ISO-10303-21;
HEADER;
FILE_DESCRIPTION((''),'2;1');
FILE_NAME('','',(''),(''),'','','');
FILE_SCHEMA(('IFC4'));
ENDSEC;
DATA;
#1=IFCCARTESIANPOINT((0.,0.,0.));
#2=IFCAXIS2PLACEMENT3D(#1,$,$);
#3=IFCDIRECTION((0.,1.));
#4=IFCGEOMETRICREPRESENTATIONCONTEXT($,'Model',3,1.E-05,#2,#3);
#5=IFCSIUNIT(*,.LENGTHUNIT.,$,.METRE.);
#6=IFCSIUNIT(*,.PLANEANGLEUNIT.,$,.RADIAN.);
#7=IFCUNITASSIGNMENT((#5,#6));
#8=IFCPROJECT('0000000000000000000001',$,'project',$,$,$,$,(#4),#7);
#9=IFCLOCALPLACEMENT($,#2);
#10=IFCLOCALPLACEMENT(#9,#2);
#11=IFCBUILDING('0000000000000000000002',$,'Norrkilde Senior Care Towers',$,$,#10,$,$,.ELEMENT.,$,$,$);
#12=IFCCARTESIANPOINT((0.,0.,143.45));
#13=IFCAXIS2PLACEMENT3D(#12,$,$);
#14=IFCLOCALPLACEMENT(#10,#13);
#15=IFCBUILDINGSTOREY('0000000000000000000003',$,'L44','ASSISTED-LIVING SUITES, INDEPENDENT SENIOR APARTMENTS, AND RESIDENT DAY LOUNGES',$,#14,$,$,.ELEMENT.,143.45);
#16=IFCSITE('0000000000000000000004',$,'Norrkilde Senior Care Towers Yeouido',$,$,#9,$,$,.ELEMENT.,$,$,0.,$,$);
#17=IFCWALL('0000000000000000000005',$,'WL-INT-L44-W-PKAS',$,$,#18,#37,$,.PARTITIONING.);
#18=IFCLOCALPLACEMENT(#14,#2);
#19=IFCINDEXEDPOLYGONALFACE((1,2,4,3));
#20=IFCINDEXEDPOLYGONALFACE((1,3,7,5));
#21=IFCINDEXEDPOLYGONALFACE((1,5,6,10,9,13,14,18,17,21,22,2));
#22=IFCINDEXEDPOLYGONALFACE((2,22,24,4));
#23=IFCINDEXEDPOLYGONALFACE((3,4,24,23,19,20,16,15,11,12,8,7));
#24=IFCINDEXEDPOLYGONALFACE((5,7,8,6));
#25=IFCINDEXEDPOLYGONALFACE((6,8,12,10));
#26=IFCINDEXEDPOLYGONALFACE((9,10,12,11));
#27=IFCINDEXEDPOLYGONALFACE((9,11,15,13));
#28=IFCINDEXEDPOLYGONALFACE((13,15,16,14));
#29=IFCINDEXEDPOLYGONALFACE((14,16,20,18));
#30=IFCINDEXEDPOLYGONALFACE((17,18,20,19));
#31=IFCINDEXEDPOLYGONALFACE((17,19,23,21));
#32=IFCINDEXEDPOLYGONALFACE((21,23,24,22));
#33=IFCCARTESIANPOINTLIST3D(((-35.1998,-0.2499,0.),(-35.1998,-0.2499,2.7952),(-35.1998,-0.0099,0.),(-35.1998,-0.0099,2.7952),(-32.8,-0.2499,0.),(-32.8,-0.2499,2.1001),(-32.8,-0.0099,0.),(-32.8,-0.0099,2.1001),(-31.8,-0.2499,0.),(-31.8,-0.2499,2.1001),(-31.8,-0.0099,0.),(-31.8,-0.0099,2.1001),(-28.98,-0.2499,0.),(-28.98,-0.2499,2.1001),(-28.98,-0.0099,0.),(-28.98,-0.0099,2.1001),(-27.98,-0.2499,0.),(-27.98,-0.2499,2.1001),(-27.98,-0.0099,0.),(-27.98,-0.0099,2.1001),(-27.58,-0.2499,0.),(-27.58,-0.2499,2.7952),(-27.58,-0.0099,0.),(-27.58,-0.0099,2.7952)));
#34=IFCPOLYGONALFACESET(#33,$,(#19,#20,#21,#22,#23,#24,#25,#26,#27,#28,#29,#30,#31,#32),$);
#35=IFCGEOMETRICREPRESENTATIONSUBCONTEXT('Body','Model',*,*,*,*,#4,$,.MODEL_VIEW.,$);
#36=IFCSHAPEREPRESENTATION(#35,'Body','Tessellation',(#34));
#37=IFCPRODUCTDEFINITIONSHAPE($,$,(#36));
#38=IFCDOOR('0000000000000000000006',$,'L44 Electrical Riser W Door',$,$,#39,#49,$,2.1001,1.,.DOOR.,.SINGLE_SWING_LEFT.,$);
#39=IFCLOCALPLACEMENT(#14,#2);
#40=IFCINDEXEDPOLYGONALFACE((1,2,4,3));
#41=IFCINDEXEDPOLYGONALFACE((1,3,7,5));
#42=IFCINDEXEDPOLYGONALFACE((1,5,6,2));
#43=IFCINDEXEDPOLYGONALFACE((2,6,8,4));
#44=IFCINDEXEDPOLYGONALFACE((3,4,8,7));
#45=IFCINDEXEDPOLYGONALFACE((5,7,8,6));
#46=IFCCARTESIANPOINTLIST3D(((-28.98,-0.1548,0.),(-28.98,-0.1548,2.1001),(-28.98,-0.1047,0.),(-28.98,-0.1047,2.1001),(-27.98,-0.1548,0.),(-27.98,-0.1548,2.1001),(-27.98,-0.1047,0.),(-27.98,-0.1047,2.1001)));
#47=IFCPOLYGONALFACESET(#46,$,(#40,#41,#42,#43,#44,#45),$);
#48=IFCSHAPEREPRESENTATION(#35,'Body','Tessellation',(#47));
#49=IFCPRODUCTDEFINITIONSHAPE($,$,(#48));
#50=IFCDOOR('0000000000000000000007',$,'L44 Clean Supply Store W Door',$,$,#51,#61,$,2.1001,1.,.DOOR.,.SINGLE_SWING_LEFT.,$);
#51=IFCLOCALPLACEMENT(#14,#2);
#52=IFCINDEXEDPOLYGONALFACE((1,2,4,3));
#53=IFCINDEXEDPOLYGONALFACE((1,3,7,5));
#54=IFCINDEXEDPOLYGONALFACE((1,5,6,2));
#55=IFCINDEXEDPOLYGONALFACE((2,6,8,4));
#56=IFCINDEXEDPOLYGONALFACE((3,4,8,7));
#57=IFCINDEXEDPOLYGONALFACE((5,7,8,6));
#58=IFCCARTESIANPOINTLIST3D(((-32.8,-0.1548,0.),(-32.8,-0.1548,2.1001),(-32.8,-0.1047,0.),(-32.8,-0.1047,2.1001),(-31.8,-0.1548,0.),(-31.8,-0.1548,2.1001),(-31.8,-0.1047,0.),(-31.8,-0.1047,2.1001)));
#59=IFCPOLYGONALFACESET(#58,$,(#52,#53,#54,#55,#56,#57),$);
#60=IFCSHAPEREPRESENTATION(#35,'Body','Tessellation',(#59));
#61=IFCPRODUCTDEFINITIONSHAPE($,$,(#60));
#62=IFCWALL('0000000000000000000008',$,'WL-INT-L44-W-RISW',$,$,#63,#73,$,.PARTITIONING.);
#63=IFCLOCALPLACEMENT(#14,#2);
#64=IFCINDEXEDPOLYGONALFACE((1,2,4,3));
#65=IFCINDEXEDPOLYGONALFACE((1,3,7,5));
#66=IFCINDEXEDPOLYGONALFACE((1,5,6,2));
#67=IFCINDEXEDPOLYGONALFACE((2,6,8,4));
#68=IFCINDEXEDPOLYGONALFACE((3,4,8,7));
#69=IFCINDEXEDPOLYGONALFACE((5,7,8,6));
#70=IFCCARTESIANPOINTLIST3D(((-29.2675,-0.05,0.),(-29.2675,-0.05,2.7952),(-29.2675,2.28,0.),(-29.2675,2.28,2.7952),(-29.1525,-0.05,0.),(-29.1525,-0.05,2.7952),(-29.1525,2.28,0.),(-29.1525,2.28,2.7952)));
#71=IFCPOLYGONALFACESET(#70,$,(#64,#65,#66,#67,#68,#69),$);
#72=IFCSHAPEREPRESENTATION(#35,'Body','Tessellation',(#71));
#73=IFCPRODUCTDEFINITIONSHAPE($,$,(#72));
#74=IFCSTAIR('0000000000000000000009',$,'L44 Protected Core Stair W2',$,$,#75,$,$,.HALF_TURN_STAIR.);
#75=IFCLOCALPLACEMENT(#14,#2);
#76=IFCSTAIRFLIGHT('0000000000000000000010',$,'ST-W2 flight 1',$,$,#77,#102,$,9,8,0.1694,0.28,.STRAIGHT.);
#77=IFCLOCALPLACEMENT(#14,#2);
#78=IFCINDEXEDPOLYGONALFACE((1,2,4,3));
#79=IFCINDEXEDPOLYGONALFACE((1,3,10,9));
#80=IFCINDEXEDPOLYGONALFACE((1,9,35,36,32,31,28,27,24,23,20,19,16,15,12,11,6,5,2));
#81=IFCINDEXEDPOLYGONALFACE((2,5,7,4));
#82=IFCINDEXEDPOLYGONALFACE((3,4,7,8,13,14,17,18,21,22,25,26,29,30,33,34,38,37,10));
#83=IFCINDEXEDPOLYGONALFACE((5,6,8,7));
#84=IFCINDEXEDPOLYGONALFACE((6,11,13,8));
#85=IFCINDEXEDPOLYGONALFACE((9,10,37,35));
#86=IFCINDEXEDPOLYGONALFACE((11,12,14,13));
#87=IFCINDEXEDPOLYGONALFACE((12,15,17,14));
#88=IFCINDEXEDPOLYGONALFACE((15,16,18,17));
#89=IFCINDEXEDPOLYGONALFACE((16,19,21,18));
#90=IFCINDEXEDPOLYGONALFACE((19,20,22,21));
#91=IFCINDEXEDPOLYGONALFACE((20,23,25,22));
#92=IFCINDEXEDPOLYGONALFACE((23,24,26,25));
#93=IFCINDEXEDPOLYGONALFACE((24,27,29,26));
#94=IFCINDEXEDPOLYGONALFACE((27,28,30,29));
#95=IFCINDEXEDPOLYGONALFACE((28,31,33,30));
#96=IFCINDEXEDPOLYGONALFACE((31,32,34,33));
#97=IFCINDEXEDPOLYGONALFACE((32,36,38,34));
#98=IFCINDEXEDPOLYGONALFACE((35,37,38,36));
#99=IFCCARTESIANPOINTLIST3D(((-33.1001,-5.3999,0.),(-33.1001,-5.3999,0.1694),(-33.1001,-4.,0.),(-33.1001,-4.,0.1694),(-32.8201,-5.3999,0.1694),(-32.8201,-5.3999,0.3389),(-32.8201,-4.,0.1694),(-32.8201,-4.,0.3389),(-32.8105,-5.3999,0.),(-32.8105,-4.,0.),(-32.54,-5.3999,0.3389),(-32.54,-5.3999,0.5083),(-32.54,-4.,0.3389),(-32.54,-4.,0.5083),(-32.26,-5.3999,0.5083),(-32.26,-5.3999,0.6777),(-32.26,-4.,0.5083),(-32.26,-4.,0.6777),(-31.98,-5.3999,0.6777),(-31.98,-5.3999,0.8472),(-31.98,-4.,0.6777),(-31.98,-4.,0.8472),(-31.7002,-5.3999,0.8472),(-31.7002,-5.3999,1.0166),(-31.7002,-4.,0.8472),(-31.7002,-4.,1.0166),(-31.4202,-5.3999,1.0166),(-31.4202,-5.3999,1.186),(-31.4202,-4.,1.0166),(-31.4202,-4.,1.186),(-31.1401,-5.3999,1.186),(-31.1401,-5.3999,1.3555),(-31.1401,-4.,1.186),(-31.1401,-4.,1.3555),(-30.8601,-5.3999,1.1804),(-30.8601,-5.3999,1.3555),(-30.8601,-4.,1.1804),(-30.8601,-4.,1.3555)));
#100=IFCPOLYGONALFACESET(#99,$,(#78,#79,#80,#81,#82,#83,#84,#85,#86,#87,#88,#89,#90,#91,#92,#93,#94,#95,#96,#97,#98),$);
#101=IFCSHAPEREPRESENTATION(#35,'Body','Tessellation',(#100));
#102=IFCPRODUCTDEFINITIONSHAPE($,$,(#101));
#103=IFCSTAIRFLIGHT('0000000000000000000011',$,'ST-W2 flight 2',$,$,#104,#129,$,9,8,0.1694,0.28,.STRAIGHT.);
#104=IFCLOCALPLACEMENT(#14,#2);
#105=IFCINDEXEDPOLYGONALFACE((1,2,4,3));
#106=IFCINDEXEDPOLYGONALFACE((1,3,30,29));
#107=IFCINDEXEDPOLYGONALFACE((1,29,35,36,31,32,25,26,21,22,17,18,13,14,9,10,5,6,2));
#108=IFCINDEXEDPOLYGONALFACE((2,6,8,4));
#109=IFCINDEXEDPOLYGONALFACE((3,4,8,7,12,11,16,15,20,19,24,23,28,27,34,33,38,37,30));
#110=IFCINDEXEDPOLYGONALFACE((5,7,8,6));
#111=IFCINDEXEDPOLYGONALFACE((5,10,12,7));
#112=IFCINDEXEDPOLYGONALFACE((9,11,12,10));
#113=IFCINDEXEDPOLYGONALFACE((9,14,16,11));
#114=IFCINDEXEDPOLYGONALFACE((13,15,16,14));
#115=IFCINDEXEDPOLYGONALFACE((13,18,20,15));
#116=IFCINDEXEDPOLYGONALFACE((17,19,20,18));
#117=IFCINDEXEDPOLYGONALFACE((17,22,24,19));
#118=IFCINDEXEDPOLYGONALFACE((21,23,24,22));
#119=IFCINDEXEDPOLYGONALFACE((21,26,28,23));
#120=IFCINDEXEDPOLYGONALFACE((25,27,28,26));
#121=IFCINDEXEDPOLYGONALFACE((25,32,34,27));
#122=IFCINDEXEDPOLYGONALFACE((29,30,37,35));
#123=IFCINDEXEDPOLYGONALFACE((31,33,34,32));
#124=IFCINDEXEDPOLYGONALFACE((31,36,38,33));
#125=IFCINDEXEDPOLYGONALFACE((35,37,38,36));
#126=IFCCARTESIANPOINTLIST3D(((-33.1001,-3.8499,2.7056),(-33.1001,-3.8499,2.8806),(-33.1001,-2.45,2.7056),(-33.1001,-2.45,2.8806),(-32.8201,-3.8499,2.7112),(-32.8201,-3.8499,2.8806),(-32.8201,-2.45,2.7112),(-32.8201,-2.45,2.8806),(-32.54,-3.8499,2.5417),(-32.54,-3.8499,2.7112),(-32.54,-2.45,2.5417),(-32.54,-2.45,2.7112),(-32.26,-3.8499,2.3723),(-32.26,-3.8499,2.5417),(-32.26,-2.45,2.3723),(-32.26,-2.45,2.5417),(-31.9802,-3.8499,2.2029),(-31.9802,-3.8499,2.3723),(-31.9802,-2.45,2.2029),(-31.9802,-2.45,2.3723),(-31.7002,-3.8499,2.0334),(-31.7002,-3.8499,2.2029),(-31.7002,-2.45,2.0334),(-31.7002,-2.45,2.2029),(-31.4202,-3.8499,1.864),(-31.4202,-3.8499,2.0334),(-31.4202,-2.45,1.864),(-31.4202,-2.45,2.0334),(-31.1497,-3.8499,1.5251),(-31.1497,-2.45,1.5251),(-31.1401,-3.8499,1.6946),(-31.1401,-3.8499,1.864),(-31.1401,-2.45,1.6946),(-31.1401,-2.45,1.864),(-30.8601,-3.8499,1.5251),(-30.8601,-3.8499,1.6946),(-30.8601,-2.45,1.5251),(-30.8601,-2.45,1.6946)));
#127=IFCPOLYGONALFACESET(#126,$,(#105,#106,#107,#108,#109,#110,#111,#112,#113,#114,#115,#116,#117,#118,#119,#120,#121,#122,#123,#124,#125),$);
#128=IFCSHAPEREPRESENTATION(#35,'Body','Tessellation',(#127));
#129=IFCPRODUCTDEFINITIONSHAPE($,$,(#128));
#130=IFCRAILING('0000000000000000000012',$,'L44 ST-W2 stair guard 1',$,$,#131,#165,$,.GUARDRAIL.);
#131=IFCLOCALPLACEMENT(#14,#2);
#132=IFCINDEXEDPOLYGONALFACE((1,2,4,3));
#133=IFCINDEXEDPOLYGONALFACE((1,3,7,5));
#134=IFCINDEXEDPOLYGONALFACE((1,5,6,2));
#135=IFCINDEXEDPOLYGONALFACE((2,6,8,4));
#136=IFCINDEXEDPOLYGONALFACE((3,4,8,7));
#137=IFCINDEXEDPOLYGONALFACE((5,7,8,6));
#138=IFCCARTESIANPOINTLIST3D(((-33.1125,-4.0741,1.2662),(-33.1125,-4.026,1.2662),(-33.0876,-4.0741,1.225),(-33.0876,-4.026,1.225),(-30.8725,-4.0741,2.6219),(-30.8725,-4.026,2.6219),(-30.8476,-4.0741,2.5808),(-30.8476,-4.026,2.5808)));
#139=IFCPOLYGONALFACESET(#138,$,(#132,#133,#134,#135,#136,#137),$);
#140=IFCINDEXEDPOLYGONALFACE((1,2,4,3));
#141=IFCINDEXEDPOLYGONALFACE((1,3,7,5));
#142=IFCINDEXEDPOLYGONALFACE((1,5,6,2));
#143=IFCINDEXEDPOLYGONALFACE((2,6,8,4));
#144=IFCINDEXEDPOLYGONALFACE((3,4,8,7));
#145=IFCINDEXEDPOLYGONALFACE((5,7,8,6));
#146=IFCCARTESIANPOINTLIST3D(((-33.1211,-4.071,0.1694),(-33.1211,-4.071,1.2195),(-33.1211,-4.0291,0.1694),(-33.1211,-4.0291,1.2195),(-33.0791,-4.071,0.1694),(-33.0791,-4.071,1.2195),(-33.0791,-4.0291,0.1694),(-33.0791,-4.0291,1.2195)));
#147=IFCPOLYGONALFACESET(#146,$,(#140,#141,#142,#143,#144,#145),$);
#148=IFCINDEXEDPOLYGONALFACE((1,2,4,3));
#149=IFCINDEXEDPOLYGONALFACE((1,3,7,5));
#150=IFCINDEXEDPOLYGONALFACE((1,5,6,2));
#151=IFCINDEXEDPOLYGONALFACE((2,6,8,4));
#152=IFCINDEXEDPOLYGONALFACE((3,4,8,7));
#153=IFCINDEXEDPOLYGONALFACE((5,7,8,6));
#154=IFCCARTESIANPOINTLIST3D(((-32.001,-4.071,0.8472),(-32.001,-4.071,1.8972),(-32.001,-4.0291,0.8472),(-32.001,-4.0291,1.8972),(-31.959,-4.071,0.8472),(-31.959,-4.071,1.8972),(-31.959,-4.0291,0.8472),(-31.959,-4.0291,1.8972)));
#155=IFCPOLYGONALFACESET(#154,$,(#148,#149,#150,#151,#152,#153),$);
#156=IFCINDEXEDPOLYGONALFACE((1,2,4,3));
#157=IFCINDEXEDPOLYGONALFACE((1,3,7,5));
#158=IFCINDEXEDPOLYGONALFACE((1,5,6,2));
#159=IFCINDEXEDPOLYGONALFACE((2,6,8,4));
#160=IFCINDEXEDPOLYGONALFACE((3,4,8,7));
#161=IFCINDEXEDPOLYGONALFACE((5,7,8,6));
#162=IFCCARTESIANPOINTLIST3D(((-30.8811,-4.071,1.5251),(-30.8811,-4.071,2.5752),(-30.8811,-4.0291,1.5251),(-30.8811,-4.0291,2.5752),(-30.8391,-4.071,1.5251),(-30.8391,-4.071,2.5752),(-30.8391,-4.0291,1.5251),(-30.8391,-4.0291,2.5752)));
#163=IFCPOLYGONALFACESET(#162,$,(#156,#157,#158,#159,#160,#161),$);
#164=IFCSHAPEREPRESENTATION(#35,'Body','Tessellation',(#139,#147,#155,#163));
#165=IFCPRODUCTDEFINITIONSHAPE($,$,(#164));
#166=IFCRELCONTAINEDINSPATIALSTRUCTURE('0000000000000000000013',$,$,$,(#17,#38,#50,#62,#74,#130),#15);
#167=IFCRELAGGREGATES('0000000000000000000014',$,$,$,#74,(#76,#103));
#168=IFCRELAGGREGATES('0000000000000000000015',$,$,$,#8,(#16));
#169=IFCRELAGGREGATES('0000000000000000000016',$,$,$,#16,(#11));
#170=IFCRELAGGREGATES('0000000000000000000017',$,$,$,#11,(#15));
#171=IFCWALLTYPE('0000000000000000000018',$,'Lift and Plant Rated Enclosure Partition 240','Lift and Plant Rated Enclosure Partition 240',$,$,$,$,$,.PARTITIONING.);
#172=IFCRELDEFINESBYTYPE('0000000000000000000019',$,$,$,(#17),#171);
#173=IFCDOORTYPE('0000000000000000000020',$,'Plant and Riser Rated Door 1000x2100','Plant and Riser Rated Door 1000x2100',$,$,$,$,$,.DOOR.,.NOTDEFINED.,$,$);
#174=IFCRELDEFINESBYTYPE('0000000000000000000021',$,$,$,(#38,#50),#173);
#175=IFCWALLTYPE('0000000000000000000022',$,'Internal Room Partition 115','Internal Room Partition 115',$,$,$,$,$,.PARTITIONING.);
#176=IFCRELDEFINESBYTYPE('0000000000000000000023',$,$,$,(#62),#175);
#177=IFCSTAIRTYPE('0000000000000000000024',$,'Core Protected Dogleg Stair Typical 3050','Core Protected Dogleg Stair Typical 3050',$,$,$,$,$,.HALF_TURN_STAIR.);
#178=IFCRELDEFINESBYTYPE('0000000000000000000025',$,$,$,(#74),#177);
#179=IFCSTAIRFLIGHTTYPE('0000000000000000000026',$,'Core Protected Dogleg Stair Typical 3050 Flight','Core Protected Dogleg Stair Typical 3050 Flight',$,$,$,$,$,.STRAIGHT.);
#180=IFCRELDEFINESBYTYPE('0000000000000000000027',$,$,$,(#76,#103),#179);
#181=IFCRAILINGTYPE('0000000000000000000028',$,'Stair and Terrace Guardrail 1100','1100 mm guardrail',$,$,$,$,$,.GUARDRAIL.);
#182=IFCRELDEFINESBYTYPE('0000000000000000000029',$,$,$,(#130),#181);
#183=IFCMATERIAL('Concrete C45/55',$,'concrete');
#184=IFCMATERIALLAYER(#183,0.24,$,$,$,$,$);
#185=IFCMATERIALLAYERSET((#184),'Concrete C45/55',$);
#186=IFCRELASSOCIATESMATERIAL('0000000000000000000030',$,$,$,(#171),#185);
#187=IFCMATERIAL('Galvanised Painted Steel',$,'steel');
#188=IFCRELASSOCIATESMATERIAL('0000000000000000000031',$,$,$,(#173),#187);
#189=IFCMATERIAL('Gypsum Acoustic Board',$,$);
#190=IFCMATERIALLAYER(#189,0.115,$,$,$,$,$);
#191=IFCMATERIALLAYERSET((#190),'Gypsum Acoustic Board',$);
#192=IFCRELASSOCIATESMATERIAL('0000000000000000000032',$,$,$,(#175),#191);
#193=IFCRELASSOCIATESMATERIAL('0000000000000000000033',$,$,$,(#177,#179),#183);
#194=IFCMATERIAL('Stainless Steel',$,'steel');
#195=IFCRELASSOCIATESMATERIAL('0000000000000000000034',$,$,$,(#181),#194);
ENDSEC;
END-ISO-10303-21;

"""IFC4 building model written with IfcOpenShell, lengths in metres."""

from ifc_helpers import new_model, si_unit, direction, frame, frame_2d, origin, origin_2d, place, context, subcontext, project, spatial, polyline, rectangle, outline, extrude, source, transform, mapped, material, layer, layer_set, type_object, type_shapes, element, fill, aggregate, save


model = new_model("IFC4")

# Units and contexts
model_context = context("Model", 3, precision=1e-05, world=origin(), true_north=direction((0.0, 1.0)))
body_context = subcontext(model_context, "Body", "Model", "MODEL_VIEW")
ifc_project = project(units=[si_unit("LENGTHUNIT", "METRE"), si_unit("PLANEANGLEUNIT", "RADIAN")], contexts=[model_context])

# Site, building, storey
site_placement = place(None, origin())
site = spatial("IfcSite", under=ifc_project, at=site_placement, Name="Norrkilde Senior Care Towers Yeouido", CompositionType="ELEMENT", RefElevation=0.0)
building_placement = place(site_placement, origin())
building = spatial("IfcBuilding", under=site, at=building_placement, Name="Norrkilde Senior Care Towers", CompositionType="ELEMENT")
storey_placement = place(building_placement, frame((0.0, 0.0, 143.45)))
storey = spatial("IfcBuildingStorey", under=building, at=storey_placement, Name="L44", Description="ASSISTED-LIVING SUITES, INDEPENDENT SENIOR APARTMENTS, AND RESIDENT DAY LOUNGES", CompositionType="ELEMENT", Elevation=143.45)

# Shared definitions
ifc_material_1 = material(Name="Concrete C45/55", Category="concrete")
ifc_material_2 = material(Name="Gypsum Acoustic Board")

# Wall, openings, doors
ifc_layer_1 = layer(ifc_material_1, 0.24)
ifc_layer_set_1 = layer_set([ifc_layer_1], Name="Concrete C45/55")
wall_type_1 = type_object("IfcWallType", Name="Lift and Plant Rated Enclosure Partition 240", Description="Lift and Plant Rated Enclosure Partition 240", PredefinedType="PARTITIONING", material=ifc_layer_set_1)
shared_shape_1 = source(origin(), body_context, "Body", "SweptSolid", [
    extrude(rectangle(XDim=7.6199, YDim=0.24, at=frame_2d((3.8101, 0.0))), origin(), (0.0, 0.0, 1.0), 2.7952),
])
type_shapes(wall_type_1, [shared_shape_1])
wall_1_placement = place(storey_placement, frame((-35.2, -0.1299, 0.0), z_axis=(0.0, 0.0, 1.0), x_axis=(1.0, 0.0, 0.0)))
wall_1 = element("IfcWall", 1, at=wall_1_placement, inside=storey, type_object=wall_type_1, Name="WL-INT-L44-W-PKAS", PredefinedType="PARTITIONING", context=body_context, shape_type="MappedRepresentation", body=[
    mapped(shared_shape_1, transform((0.0, 0.0, 0.0), x_axis=(1.0, 0.0, 0.0), y_axis=(0.0, 1.0, 0.0), z_axis=(0.0, 0.0, 1.0), scale=1.0)),
])
opening_1_placement = place(wall_1_placement, frame((6.22, 0.0, 0.0)))
opening_1 = element("IfcOpeningElement", 2, at=opening_1_placement, cuts=wall_1, PredefinedType="OPENING", context=body_context, shape_type="SweptSolid", body=[
    extrude(rectangle(XDim=1.0, YDim=2.1001, at=frame_2d((0.5, 1.05))), frame((0.0, 0.1299, 0.0), z_axis=(0.0, -1.0, 0.0), x_axis=(1.0, 0.0, 0.0)), (0.0, 0.0, 1.0), 0.26),
])
opening_2_placement = place(wall_1_placement, frame((2.3999, 0.0, 0.0)))
opening_2 = element("IfcOpeningElement", 3, at=opening_2_placement, cuts=wall_1, PredefinedType="OPENING", context=body_context, shape_type="SweptSolid", body=[
    extrude(rectangle(XDim=1.0, YDim=2.1001, at=frame_2d((0.5, 1.05))), frame((0.0, 0.1299, 0.0), z_axis=(0.0, -1.0, 0.0), x_axis=(1.0, 0.0, 0.0)), (0.0, 0.0, 1.0), 0.26),
])
ifc_material_3 = material(Name="Galvanised Painted Steel", Category="steel")
door_type = type_object("IfcDoorType", Name="Plant and Riser Rated Door 1000x2100", Description="Plant and Riser Rated Door 1000x2100", OperationType="NOTDEFINED", PredefinedType="DOOR", material=ifc_material_3)
shared_shape_2 = source(origin(), body_context, "Body", "SweptSolid", [
    extrude(rectangle(XDim=1.0, YDim=2.1001, at=frame_2d((0.5, 1.05))), frame((0.0, 0.0249, 0.0), z_axis=(0.0, -1.0, 0.0), x_axis=(1.0, 0.0, 0.0)), (0.0, 0.0, 1.0), 0.05),
])
type_shapes(door_type, [shared_shape_2])
door_1_placement = place(opening_1_placement, frame((1.0, 0.0, 0.0), z_axis=(0.0, 0.0, 1.0), x_axis=(-1.0, 0.0, 0.0)))
door_1 = element("IfcDoor", 4, at=door_1_placement, inside=storey, type_object=door_type, Name="L44 Electrical Riser W Door", OperationType="SINGLE_SWING_LEFT", OverallHeight=2.1001, OverallWidth=1.0, PredefinedType="DOOR", context=body_context, shape_type="MappedRepresentation", body=[
    mapped(shared_shape_2, transform((0.0, 0.0, 0.0), x_axis=(1.0, 0.0, 0.0), y_axis=(0.0, 1.0, 0.0), z_axis=(0.0, 0.0, 1.0), scale=1.0)),
])
fill(opening_1, door_1)
door_2_placement = place(opening_2_placement, frame((1.0, 0.0, 0.0), z_axis=(0.0, 0.0, 1.0), x_axis=(-1.0, 0.0, 0.0)))
door_2 = element("IfcDoor", 5, at=door_2_placement, inside=storey, type_object=door_type, Name="L44 Clean Supply Store W Door", OperationType="SINGLE_SWING_LEFT", OverallHeight=2.1001, OverallWidth=1.0, PredefinedType="DOOR", context=body_context, shape_type="MappedRepresentation", body=[
    mapped(shared_shape_2, transform((0.0, 0.0, 0.0), x_axis=(1.0, 0.0, 0.0), y_axis=(0.0, 1.0, 0.0), z_axis=(0.0, 0.0, 1.0), scale=1.0)),
])
fill(opening_2, door_2)

# Wall
ifc_layer_2 = layer(ifc_material_2, 0.115)
ifc_layer_set_2 = layer_set([ifc_layer_2], Name="Gypsum Acoustic Board")
wall_type_2 = type_object("IfcWallType", Name="Internal Room Partition 115", Description="Internal Room Partition 115", PredefinedType="PARTITIONING", material=ifc_layer_set_2)
shared_shape_3 = source(origin(), body_context, "Body", "SweptSolid", [
    extrude(rectangle(XDim=2.3301, YDim=0.115, at=frame_2d((1.165, 0.0))), origin(), (0.0, 0.0, 1.0), 2.7952),
])
type_shapes(wall_type_2, [shared_shape_3])
wall_2_placement = place(storey_placement, frame((-29.21, -0.05, 0.0), z_axis=(0.0, 0.0, 1.0), x_axis=(0.0, 1.0, 0.0)))
element("IfcWall", 6, at=wall_2_placement, inside=storey, type_object=wall_type_2, Name="WL-INT-L44-W-RISW", PredefinedType="PARTITIONING", context=body_context, shape_type="MappedRepresentation", body=[
    mapped(shared_shape_3, transform((0.0, 0.0, 0.0), x_axis=(1.0, 0.0, 0.0), y_axis=(0.0, 1.0, 0.0), z_axis=(0.0, 0.0, 1.0), scale=1.0)),
])

# Stair, stair flights
stair_type = type_object("IfcStairType", Name="Core Protected Dogleg Stair Typical 3050", Description="Core Protected Dogleg Stair Typical 3050", PredefinedType="HALF_TURN_STAIR", material=ifc_material_1)
stair_placement = place(storey_placement, origin())
stair = element("IfcStair", 7, at=stair_placement, inside=storey, type_object=stair_type, Name="L44 Protected Core Stair W2", PredefinedType="HALF_TURN_STAIR")
stair_flight_type = type_object("IfcStairFlightType", Name="Core Protected Dogleg Stair Typical 3050 Flight", Description="Core Protected Dogleg Stair Typical 3050 Flight", PredefinedType="STRAIGHT", material=ifc_material_1)
stair_flight_1_placement = place(storey_placement, frame((-33.1001, -4.7, 0.0), z_axis=(0.0, 0.0, 1.0), x_axis=(1.0, 0.0, 0.0)))
stair_flight_1 = element("IfcStairFlight", 8, at=stair_flight_1_placement, type_object=stair_flight_type, Name="ST-W2 flight 1", NumberOfRisers=9, NumberOfTreads=8, PredefinedType="STRAIGHT", RiserHeight=0.1694, TreadLength=0.28, context=body_context, shape_type="SweptSolid", body=[
    extrude(outline(polyline([(0.0, 0.0), (0.0, 0.1694), (0.28, 0.1694), (0.28, 0.3389), (0.5601, 0.3389), (0.5601, 0.5083), (0.8401, 0.5083), (0.8401, 0.6777), (1.1201, 0.6777), (1.1201, 0.8472), (1.3999, 0.8472), (1.3999, 1.0166), (1.6799, 1.0166), (1.6799, 1.186), (1.96, 1.186), (1.96, 1.3555), (2.24, 1.3555), (2.24, 1.5249), (2.24, 1.1804), (0.2896, 0.0), (0.0, 0.0)])), frame((0.0, 0.7, 0.0), z_axis=(0.0, -1.0, 0.0), x_axis=(1.0, 0.0, 0.0)), (0.0, 0.0, 1.0), 1.3999),
])
stair_flight_2_placement = place(storey_placement, frame((-30.8601, -3.1499, 1.5251), z_axis=(0.0, 0.0, 1.0), x_axis=(-1.0, 0.0, 0.0)))
stair_flight_2 = element("IfcStairFlight", 9, at=stair_flight_2_placement, type_object=stair_flight_type, Name="ST-W2 flight 2", NumberOfRisers=9, NumberOfTreads=8, PredefinedType="STRAIGHT", RiserHeight=0.1694, TreadLength=0.28, context=body_context, shape_type="SweptSolid", body=[
    extrude(outline(polyline([(0.0, 0.0), (0.0, 0.1694), (0.28, 0.1694), (0.28, 0.3389), (0.5601, 0.3389), (0.5601, 0.5083), (0.8401, 0.5083), (0.8401, 0.6777), (1.1201, 0.6777), (1.1201, 0.8472), (1.3999, 0.8472), (1.3999, 1.0166), (1.6799, 1.0166), (1.6799, 1.186), (1.96, 1.186), (1.96, 1.3555), (2.24, 1.3555), (2.24, 1.5249), (2.24, 1.1804), (0.2896, 0.0), (0.0, 0.0)])), frame((0.0, 0.7, 0.0), z_axis=(0.0, -1.0, 0.0), x_axis=(1.0, 0.0, 0.0)), (0.0, 0.0, 1.0), 1.3999),
])
aggregate(stair, [stair_flight_1, stair_flight_2])

# Railing
ifc_material_4 = material(Name="Stainless Steel", Category="steel")
railing_type_1 = type_object("IfcRailingType", Name="Stair and Terrace Guardrail 1100", Description="1100 mm guardrail", PredefinedType="GUARDRAIL", material=ifc_material_4)
railing_1_placement = place(storey_placement, frame((-33.1001, -4.05, 0.1694)))
element("IfcRailing", 10, at=railing_1_placement, inside=storey, type_object=railing_type_1, Name="L44 ST-W2 stair guard 1", PredefinedType="GUARDRAIL", context=body_context, shape_type="SweptSolid", body=[
    extrude(rectangle(XDim=0.0481, YDim=0.0481, at=origin_2d()), frame((0.0, 0.0, 1.0762), z_axis=(0.855512, 0.0, 0.517783), x_axis=(0.0, 1.0, 0.0)), (0.0, 0.0, 1.0), 2.6184),
    extrude(rectangle(XDim=0.042, YDim=0.042, at=origin_2d()), origin(), (0.0, 0.0, 1.0), 1.05),
    extrude(rectangle(XDim=0.042, YDim=0.042, at=origin_2d()), frame((1.1201, 0.0, 0.6777)), (0.0, 0.0, 1.0), 1.05),
    extrude(rectangle(XDim=0.042, YDim=0.042, at=origin_2d()), frame((2.24, 0.0, 1.3557)), (0.0, 0.0, 1.0), 1.05),
])

save(model, "model.ifc")
